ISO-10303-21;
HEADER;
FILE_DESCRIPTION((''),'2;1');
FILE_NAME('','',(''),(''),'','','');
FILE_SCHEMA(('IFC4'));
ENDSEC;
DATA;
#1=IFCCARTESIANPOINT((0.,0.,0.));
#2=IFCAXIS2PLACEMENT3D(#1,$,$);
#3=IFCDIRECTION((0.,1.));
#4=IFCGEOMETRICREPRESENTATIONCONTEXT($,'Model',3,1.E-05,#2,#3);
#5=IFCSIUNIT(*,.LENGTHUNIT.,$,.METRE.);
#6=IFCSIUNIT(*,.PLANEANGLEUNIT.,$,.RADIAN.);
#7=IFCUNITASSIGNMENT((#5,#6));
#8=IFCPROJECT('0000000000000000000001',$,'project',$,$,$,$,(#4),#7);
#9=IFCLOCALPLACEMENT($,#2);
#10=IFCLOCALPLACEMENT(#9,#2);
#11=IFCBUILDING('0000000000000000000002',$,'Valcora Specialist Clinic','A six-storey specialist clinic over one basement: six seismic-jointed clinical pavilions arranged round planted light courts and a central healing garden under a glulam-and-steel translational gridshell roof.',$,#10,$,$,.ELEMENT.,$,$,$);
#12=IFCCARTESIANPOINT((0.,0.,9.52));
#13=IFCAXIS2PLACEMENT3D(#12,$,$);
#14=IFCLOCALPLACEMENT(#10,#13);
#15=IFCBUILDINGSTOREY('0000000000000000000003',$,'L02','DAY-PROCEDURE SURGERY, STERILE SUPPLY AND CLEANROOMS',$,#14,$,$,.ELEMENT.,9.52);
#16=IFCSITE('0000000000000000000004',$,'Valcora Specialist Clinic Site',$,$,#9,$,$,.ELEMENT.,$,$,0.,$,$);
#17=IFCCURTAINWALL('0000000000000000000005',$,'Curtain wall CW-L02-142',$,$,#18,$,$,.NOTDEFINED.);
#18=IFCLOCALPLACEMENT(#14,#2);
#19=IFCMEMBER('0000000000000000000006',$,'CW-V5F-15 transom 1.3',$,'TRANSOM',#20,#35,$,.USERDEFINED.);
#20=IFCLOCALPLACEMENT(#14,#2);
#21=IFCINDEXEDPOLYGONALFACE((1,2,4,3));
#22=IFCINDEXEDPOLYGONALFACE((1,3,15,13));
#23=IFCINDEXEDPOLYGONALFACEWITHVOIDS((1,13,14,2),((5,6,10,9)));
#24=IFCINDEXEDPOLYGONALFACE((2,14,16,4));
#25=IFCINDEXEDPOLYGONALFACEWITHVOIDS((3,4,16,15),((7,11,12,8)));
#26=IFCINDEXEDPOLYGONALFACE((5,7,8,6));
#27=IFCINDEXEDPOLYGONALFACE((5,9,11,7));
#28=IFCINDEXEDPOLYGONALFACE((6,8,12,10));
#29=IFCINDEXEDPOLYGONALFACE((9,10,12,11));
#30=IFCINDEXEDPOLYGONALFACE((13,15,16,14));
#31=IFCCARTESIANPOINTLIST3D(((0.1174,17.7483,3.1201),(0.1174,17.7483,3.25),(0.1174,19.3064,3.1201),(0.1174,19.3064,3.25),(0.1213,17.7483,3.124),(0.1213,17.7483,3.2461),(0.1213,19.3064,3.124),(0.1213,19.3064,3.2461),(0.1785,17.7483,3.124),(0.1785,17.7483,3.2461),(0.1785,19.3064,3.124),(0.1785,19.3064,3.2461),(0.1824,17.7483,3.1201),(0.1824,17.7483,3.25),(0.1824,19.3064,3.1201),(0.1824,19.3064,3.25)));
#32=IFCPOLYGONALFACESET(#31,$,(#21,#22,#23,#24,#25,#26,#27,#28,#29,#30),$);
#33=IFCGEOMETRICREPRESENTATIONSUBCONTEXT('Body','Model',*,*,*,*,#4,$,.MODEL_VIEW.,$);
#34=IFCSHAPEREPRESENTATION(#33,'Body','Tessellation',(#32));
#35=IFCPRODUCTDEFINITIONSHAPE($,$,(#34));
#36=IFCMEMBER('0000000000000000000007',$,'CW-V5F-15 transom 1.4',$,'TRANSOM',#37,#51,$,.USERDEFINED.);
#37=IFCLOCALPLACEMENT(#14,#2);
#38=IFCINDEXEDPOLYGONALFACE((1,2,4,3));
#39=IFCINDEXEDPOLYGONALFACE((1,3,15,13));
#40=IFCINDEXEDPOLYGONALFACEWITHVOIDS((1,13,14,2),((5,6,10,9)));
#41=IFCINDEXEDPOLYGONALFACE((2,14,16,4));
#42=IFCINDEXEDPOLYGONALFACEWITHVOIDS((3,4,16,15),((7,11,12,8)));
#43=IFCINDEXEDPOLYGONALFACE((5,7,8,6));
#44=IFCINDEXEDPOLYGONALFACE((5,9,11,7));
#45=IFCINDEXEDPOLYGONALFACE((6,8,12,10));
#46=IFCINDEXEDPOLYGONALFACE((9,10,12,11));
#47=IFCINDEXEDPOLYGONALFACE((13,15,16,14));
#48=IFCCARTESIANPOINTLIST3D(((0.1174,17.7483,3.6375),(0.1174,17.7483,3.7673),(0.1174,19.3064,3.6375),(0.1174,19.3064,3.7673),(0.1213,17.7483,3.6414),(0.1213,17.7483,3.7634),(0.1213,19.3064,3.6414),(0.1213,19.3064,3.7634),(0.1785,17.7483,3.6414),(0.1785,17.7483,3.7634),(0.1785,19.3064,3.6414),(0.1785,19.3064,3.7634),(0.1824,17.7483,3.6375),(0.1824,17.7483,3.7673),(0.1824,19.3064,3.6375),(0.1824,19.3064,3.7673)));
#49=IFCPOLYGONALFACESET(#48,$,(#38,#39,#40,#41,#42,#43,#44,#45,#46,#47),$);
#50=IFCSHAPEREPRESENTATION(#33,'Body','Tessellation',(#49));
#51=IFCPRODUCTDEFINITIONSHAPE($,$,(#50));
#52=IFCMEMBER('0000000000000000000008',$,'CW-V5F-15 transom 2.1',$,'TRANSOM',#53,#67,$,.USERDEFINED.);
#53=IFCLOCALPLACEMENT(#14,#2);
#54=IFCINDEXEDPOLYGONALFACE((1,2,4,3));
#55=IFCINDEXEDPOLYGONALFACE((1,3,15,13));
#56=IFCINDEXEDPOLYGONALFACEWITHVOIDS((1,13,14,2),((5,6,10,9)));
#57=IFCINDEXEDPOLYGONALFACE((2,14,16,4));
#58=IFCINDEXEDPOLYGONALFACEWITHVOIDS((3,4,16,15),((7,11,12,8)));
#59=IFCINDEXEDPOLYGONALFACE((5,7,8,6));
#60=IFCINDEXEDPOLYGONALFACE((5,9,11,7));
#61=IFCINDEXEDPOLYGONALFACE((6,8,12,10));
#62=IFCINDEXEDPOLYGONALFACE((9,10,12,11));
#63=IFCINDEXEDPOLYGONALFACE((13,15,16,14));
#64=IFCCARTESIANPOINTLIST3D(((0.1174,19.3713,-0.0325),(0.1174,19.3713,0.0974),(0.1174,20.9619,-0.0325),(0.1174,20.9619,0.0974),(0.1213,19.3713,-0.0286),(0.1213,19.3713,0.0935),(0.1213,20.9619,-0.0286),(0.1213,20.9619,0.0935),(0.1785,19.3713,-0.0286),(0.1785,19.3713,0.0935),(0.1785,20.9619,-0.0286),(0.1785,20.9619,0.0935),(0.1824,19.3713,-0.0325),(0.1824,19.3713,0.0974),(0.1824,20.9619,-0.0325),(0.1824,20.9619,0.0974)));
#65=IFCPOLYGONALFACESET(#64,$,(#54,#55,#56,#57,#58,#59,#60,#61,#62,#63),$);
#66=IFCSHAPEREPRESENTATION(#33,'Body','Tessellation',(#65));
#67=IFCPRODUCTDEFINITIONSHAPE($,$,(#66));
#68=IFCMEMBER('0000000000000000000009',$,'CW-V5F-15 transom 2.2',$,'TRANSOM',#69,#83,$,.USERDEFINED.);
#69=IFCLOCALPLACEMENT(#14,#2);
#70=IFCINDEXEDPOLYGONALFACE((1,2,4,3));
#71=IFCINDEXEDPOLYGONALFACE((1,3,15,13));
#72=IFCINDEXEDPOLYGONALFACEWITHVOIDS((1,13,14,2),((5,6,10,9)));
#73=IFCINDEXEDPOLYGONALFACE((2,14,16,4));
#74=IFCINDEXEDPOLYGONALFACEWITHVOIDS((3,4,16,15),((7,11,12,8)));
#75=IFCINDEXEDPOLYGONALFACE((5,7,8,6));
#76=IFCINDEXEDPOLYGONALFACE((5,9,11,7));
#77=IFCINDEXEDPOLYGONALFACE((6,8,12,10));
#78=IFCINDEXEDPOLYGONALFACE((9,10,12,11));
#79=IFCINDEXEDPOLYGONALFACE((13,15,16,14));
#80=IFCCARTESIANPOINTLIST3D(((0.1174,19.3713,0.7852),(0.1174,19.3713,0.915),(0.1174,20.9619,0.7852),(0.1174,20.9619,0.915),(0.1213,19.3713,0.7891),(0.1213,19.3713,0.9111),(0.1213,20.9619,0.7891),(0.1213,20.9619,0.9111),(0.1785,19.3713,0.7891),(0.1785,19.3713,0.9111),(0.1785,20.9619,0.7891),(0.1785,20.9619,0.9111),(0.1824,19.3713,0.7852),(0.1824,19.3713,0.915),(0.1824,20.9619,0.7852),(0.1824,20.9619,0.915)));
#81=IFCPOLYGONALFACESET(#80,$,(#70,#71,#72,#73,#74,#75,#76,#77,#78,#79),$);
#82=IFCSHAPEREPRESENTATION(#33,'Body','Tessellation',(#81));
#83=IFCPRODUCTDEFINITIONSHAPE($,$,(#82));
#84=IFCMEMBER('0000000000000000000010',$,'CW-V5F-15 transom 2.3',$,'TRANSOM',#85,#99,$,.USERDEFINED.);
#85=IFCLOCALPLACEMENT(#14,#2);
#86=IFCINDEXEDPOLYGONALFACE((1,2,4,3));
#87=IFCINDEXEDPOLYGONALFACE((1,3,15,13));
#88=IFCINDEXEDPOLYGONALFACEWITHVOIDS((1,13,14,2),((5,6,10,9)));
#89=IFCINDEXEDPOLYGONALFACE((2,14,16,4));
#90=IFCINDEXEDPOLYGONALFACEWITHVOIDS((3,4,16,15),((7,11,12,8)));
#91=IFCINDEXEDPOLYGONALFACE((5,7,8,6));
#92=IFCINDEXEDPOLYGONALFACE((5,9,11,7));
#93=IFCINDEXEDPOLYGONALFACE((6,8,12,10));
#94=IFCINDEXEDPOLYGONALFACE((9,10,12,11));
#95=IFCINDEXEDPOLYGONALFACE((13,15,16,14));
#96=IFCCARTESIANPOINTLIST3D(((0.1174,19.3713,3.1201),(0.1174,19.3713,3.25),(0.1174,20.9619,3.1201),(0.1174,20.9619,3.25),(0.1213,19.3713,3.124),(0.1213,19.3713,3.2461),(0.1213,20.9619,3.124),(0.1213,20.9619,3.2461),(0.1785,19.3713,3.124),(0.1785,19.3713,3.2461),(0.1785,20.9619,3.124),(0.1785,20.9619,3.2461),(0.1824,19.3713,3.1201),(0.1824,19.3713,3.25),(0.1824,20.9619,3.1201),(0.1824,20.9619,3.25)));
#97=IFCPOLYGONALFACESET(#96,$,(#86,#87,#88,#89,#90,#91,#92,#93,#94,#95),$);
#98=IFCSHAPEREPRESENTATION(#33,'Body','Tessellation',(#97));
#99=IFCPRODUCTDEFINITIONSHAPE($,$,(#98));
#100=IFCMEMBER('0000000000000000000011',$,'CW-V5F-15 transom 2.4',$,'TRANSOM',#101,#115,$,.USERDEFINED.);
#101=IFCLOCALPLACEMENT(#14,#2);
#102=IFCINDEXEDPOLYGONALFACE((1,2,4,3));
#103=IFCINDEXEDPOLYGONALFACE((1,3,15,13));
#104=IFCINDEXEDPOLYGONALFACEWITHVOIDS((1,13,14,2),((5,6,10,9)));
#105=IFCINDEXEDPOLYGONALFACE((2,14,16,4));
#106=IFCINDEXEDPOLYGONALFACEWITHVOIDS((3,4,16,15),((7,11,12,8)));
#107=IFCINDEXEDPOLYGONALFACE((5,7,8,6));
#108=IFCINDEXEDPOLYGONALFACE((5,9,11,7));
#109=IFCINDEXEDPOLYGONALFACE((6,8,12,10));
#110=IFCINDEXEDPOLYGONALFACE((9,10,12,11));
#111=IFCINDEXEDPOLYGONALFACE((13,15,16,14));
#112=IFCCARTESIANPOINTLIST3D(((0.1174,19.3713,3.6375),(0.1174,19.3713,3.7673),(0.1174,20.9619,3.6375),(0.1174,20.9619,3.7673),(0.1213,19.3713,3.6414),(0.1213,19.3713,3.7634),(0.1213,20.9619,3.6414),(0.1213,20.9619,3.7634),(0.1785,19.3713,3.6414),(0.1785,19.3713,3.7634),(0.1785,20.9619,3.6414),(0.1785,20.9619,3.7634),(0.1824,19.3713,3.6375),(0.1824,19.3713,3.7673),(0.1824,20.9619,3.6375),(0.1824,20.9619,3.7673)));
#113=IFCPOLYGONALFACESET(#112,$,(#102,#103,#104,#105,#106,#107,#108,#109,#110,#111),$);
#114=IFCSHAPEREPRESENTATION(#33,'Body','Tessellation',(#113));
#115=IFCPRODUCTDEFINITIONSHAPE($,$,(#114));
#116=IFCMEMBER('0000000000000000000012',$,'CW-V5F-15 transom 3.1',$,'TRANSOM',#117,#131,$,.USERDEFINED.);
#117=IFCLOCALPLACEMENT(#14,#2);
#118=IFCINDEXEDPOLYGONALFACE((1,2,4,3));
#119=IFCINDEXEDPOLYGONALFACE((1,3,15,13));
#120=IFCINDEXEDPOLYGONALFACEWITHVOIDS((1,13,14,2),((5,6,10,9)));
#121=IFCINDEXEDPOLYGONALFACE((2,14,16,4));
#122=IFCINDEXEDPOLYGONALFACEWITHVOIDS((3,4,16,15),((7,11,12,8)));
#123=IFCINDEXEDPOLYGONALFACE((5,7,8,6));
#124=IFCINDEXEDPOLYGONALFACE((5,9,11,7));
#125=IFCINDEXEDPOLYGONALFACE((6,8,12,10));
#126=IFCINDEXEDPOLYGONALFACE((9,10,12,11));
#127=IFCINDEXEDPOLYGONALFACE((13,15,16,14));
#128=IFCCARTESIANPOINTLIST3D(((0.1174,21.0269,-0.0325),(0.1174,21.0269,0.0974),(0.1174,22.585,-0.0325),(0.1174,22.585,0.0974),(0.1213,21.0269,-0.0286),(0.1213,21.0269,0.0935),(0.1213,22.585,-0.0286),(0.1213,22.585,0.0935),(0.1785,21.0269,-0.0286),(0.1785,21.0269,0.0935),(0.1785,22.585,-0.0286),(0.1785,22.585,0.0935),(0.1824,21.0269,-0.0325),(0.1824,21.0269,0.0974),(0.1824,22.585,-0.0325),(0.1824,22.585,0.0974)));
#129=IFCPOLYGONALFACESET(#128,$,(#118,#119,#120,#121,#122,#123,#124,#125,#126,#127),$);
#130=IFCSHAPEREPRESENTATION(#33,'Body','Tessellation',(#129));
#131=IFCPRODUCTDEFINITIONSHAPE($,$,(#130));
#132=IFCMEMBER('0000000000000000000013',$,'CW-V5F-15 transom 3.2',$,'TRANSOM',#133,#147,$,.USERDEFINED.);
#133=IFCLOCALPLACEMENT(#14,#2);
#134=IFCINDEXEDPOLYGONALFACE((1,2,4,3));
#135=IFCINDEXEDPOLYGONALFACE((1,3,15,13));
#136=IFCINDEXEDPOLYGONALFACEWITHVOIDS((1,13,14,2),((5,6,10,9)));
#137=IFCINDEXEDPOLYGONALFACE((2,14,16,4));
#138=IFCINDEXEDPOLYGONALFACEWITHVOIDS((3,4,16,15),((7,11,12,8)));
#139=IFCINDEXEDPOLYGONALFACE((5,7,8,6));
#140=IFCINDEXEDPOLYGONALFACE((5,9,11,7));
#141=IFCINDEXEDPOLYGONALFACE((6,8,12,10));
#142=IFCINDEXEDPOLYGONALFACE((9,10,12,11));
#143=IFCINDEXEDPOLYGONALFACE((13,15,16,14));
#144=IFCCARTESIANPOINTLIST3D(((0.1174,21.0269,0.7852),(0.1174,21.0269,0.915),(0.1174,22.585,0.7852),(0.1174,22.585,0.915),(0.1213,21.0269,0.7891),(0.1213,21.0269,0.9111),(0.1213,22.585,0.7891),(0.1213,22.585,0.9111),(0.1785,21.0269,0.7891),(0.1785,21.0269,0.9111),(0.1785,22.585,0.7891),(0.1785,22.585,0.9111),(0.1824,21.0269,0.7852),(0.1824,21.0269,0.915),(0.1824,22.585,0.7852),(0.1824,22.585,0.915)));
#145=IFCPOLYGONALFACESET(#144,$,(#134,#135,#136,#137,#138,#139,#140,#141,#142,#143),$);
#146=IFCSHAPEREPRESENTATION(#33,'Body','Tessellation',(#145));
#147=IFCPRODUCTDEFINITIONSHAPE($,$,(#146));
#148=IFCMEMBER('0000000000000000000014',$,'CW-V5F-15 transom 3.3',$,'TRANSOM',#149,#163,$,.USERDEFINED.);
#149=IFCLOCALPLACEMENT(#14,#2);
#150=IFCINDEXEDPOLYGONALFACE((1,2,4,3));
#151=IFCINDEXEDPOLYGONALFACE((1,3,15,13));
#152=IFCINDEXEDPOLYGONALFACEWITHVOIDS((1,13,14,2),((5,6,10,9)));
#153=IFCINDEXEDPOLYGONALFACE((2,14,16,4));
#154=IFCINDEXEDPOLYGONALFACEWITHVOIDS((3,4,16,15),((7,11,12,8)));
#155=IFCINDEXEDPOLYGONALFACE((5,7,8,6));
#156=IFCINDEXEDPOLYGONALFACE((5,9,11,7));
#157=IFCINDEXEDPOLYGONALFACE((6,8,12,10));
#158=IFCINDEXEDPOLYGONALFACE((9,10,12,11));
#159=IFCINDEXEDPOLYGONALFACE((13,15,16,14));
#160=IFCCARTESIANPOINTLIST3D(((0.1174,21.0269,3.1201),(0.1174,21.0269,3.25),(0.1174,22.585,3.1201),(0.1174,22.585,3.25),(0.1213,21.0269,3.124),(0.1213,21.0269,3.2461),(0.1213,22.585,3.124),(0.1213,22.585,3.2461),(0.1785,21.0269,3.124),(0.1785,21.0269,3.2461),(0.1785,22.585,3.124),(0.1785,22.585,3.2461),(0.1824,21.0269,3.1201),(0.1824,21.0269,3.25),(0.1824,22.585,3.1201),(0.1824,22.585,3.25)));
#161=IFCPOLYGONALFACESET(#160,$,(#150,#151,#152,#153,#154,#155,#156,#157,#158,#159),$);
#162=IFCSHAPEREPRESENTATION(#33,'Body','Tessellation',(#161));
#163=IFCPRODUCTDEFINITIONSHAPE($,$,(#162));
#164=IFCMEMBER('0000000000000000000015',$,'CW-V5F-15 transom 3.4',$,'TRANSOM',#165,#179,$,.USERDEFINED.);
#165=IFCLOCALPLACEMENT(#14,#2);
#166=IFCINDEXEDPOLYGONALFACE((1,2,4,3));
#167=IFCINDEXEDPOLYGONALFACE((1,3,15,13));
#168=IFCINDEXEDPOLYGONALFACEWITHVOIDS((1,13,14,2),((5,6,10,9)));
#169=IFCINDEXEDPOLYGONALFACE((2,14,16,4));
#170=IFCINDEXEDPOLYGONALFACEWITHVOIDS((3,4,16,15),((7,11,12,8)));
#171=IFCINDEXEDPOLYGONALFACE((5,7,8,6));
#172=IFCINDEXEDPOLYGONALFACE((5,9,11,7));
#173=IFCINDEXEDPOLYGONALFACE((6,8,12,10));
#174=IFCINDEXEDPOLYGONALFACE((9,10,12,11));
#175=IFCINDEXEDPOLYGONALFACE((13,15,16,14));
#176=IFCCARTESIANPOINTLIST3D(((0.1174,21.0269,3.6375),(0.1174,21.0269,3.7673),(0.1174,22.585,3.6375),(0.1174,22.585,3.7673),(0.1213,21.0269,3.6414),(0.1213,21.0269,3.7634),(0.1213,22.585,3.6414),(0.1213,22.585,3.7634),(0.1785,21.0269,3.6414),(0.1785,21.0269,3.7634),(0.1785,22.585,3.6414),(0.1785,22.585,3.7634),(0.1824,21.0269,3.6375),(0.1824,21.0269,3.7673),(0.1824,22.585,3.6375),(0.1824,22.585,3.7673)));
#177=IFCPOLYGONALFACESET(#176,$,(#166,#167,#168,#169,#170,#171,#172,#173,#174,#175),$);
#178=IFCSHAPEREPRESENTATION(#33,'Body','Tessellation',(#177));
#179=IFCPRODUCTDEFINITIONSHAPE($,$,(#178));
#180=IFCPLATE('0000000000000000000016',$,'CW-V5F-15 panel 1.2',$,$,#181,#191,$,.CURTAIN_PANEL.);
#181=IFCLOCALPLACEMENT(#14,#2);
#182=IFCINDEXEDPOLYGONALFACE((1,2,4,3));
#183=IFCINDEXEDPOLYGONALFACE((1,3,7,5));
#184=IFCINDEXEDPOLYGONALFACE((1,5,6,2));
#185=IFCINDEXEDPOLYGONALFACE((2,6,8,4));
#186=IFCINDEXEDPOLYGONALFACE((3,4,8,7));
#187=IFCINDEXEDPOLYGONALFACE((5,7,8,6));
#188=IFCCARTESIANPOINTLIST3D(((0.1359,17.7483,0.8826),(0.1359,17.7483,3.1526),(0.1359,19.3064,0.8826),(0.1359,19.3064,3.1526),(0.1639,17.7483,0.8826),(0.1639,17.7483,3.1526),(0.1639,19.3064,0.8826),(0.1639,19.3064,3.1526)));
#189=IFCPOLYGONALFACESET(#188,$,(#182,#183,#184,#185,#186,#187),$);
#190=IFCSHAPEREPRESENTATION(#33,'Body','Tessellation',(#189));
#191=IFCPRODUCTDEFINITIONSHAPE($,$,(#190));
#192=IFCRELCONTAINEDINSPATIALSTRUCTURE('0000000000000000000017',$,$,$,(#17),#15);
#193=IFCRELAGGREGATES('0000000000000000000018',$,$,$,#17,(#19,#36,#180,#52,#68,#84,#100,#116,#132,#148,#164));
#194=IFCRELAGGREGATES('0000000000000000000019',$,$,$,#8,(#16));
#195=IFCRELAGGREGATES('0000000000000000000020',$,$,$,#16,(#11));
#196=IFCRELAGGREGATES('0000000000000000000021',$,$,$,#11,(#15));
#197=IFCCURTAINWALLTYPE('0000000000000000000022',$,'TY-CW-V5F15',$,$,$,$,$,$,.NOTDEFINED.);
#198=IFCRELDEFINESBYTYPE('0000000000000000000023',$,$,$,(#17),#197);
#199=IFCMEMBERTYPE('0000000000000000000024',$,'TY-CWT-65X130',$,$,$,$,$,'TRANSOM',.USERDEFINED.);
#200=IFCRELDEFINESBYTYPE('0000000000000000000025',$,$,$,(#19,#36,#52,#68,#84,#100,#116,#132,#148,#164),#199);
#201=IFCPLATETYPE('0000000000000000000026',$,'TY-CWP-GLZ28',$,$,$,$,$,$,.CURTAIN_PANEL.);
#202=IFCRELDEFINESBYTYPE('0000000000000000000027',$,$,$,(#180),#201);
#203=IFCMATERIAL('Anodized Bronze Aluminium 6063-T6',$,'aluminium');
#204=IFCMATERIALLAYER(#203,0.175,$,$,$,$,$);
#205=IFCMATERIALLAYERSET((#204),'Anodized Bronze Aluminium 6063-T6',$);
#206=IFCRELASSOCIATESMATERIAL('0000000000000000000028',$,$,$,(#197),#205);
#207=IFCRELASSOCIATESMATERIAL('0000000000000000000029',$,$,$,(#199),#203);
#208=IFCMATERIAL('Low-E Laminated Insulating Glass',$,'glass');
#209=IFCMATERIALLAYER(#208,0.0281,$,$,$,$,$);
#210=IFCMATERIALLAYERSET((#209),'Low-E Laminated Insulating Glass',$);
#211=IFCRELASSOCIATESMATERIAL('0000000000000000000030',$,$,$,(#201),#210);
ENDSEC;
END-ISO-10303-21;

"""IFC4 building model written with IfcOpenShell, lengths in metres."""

from ifc_helpers import new_model, si_unit, direction, frame, origin, origin_2d, place, context, subcontext, project, spatial, rectangle, hollow_rectangle, extrude, material, layer, layer_set, material_profile, profile_set, type_object, element, aggregate, save


model = new_model("IFC4")

# Units and contexts
model_context = context("Model", 3, precision=1e-05, world=origin(), true_north=direction((0.0, 1.0)))
body_context = subcontext(model_context, "Body", "Model", "MODEL_VIEW")
ifc_project = project(units=[si_unit("LENGTHUNIT", "METRE"), si_unit("PLANEANGLEUNIT", "RADIAN")], contexts=[model_context])

# Site, building, storey
site_placement = place(None, origin())
site = spatial("IfcSite", under=ifc_project, at=site_placement, Name="Valcora Specialist Clinic Site", CompositionType="ELEMENT", RefElevation=0.0)
building_placement = place(site_placement, origin())
building = spatial("IfcBuilding", under=site, at=building_placement, Name="Valcora Specialist Clinic", Description="A six-storey specialist clinic over one basement: six seismic-jointed clinical pavilions arranged round planted light courts and a central healing garden under a glulam-and-steel translational gridshell roof.", CompositionType="ELEMENT")
storey_placement = place(building_placement, frame((0.0, 0.0, 9.52)))
storey = spatial("IfcBuildingStorey", under=building, at=storey_placement, Name="L02", Description="DAY-PROCEDURE SURGERY, STERILE SUPPLY AND CLEANROOMS", CompositionType="ELEMENT", Elevation=9.52)

# Curtain wall
ifc_material_1 = material(Name="Anodized Bronze Aluminium 6063-T6", Category="aluminium")
ifc_layer_1 = layer(ifc_material_1, 0.175)
ifc_layer_set_1 = layer_set([ifc_layer_1], Name="Anodized Bronze Aluminium 6063-T6")
curtain_wall_type = type_object("IfcCurtainWallType", Name="TY-CW-V5F15", PredefinedType="NOTDEFINED", material=ifc_layer_set_1)
curtain_wall_1_placement = place(storey_placement, origin())
curtain_wall_1 = element("IfcCurtainWall", 1, at=curtain_wall_1_placement, inside=storey, type_object=curtain_wall_type, Name="Curtain wall CW-L02-142", PredefinedType="NOTDEFINED")

# Members
ifc_material_profile_1 = material_profile(ifc_material_1, hollow_rectangle(XDim=0.0649, YDim=0.1299, WallThickness=0.0039, at=origin_2d()), Name="AL-TRN-65X130")
ifc_profile_set_1 = profile_set([ifc_material_profile_1], Name="Anodized Bronze Aluminium 6063-T6")
member_type_1 = type_object("IfcMemberType", Name="TY-CWT-65X130", ElementType="TRANSOM", PredefinedType="USERDEFINED", material=ifc_profile_set_1)
member_1_placement = place(storey_placement, frame((0.1499, 17.7483, 3.1851), z_axis=(0.0, 1.0, 0.0), x_axis=(-1.0, 0.0, 0.0)))
member_1 = element("IfcMember", 2, at=member_1_placement, type_object=member_type_1, Name="CW-V5F-15 transom 1.3", ObjectType="TRANSOM", PredefinedType="USERDEFINED", context=body_context, shape_type="SweptSolid", body=[
    extrude(hollow_rectangle(XDim=0.0649, YDim=0.1299, WallThickness=0.0039, at=origin_2d()), origin(), (0.0, 0.0, 1.0), 1.5581),
])
member_2_placement = place(storey_placement, frame((0.1499, 17.7483, 3.7024), z_axis=(0.0, 1.0, 0.0), x_axis=(-1.0, 0.0, 0.0)))
member_2 = element("IfcMember", 3, at=member_2_placement, type_object=member_type_1, Name="CW-V5F-15 transom 1.4", ObjectType="TRANSOM", PredefinedType="USERDEFINED", context=body_context, shape_type="SweptSolid", body=[
    extrude(hollow_rectangle(XDim=0.0649, YDim=0.1299, WallThickness=0.0039, at=origin_2d()), origin(), (0.0, 0.0, 1.0), 1.5581),
])
member_3_placement = place(storey_placement, frame((0.1499, 19.3713, 0.0325), z_axis=(0.0, 1.0, 0.0), x_axis=(-1.0, 0.0, 0.0)))
member_3 = element("IfcMember", 4, at=member_3_placement, type_object=member_type_1, Name="CW-V5F-15 transom 2.1", ObjectType="TRANSOM", PredefinedType="USERDEFINED", context=body_context, shape_type="SweptSolid", body=[
    extrude(hollow_rectangle(XDim=0.0649, YDim=0.1299, WallThickness=0.0039, at=origin_2d()), origin(), (0.0, 0.0, 1.0), 1.5906),
])
member_4_placement = place(storey_placement, frame((0.1499, 19.3713, 0.8501), z_axis=(0.0, 1.0, 0.0), x_axis=(-1.0, 0.0, 0.0)))
member_4 = element("IfcMember", 5, at=member_4_placement, type_object=member_type_1, Name="CW-V5F-15 transom 2.2", ObjectType="TRANSOM", PredefinedType="USERDEFINED", context=body_context, shape_type="SweptSolid", body=[
    extrude(hollow_rectangle(XDim=0.0649, YDim=0.1299, WallThickness=0.0039, at=origin_2d()), origin(), (0.0, 0.0, 1.0), 1.5906),
])
member_5_placement = place(storey_placement, frame((0.1499, 19.3713, 3.1851), z_axis=(0.0, 1.0, 0.0), x_axis=(-1.0, 0.0, 0.0)))
member_5 = element("IfcMember", 6, at=member_5_placement, type_object=member_type_1, Name="CW-V5F-15 transom 2.3", ObjectType="TRANSOM", PredefinedType="USERDEFINED", context=body_context, shape_type="SweptSolid", body=[
    extrude(hollow_rectangle(XDim=0.0649, YDim=0.1299, WallThickness=0.0039, at=origin_2d()), origin(), (0.0, 0.0, 1.0), 1.5906),
])
member_6_placement = place(storey_placement, frame((0.1499, 19.3713, 3.7024), z_axis=(0.0, 1.0, 0.0), x_axis=(-1.0, 0.0, 0.0)))
member_6 = element("IfcMember", 7, at=member_6_placement, type_object=member_type_1, Name="CW-V5F-15 transom 2.4", ObjectType="TRANSOM", PredefinedType="USERDEFINED", context=body_context, shape_type="SweptSolid", body=[
    extrude(hollow_rectangle(XDim=0.0649, YDim=0.1299, WallThickness=0.0039, at=origin_2d()), origin(), (0.0, 0.0, 1.0), 1.5906),
])
member_7_placement = place(storey_placement, frame((0.1499, 21.0269, 0.0325), z_axis=(0.0, 1.0, 0.0), x_axis=(-1.0, 0.0, 0.0)))
member_7 = element("IfcMember", 8, at=member_7_placement, type_object=member_type_1, Name="CW-V5F-15 transom 3.1", ObjectType="TRANSOM", PredefinedType="USERDEFINED", context=body_context, shape_type="SweptSolid", body=[
    extrude(hollow_rectangle(XDim=0.0649, YDim=0.1299, WallThickness=0.0039, at=origin_2d()), origin(), (0.0, 0.0, 1.0), 1.5581),
])
member_8_placement = place(storey_placement, frame((0.1499, 21.0269, 0.8501), z_axis=(0.0, 1.0, 0.0), x_axis=(-1.0, 0.0, 0.0)))
member_8 = element("IfcMember", 9, at=member_8_placement, type_object=member_type_1, Name="CW-V5F-15 transom 3.2", ObjectType="TRANSOM", PredefinedType="USERDEFINED", context=body_context, shape_type="SweptSolid", body=[
    extrude(hollow_rectangle(XDim=0.0649, YDim=0.1299, WallThickness=0.0039, at=origin_2d()), origin(), (0.0, 0.0, 1.0), 1.5581),
])
member_9_placement = place(storey_placement, frame((0.1499, 21.0269, 3.1851), z_axis=(0.0, 1.0, 0.0), x_axis=(-1.0, 0.0, 0.0)))
member_9 = element("IfcMember", 10, at=member_9_placement, type_object=member_type_1, Name="CW-V5F-15 transom 3.3", ObjectType="TRANSOM", PredefinedType="USERDEFINED", context=body_context, shape_type="SweptSolid", body=[
    extrude(hollow_rectangle(XDim=0.0649, YDim=0.1299, WallThickness=0.0039, at=origin_2d()), origin(), (0.0, 0.0, 1.0), 1.5581),
])
member_10_placement = place(storey_placement, frame((0.1499, 21.0269, 3.7024), z_axis=(0.0, 1.0, 0.0), x_axis=(-1.0, 0.0, 0.0)))
member_10 = element("IfcMember", 11, at=member_10_placement, type_object=member_type_1, Name="CW-V5F-15 transom 3.4", ObjectType="TRANSOM", PredefinedType="USERDEFINED", context=body_context, shape_type="SweptSolid", body=[
    extrude(hollow_rectangle(XDim=0.0649, YDim=0.1299, WallThickness=0.0039, at=origin_2d()), origin(), (0.0, 0.0, 1.0), 1.5581),
])

# Plate
ifc_material_2 = material(Name="Low-E Laminated Insulating Glass", Category="glass")
ifc_layer_2 = layer(ifc_material_2, 0.0281)
ifc_layer_set_2 = layer_set([ifc_layer_2], Name="Low-E Laminated Insulating Glass")
plate_type_1 = type_object("IfcPlateType", Name="TY-CWP-GLZ28", PredefinedType="CURTAIN_PANEL", material=ifc_layer_set_2)
plate_1_placement = place(storey_placement, frame((0.1499, 18.5273, 0.8826), z_axis=(0.0, 0.0, 1.0), x_axis=(0.0, 1.0, 0.0)))
plate_1 = element("IfcPlate", 12, at=plate_1_placement, type_object=plate_type_1, Name="CW-V5F-15 panel 1.2", PredefinedType="CURTAIN_PANEL", context=body_context, shape_type="SweptSolid", body=[
    extrude(rectangle(XDim=1.5581, YDim=0.0281, at=origin_2d()), origin(), (0.0, 0.0, 1.0), 2.27),
])
aggregate(curtain_wall_1, [member_1, member_2, plate_1, member_3, member_4, member_5, member_6, member_7, member_8, member_9, member_10])

save(model, "model.ifc")
